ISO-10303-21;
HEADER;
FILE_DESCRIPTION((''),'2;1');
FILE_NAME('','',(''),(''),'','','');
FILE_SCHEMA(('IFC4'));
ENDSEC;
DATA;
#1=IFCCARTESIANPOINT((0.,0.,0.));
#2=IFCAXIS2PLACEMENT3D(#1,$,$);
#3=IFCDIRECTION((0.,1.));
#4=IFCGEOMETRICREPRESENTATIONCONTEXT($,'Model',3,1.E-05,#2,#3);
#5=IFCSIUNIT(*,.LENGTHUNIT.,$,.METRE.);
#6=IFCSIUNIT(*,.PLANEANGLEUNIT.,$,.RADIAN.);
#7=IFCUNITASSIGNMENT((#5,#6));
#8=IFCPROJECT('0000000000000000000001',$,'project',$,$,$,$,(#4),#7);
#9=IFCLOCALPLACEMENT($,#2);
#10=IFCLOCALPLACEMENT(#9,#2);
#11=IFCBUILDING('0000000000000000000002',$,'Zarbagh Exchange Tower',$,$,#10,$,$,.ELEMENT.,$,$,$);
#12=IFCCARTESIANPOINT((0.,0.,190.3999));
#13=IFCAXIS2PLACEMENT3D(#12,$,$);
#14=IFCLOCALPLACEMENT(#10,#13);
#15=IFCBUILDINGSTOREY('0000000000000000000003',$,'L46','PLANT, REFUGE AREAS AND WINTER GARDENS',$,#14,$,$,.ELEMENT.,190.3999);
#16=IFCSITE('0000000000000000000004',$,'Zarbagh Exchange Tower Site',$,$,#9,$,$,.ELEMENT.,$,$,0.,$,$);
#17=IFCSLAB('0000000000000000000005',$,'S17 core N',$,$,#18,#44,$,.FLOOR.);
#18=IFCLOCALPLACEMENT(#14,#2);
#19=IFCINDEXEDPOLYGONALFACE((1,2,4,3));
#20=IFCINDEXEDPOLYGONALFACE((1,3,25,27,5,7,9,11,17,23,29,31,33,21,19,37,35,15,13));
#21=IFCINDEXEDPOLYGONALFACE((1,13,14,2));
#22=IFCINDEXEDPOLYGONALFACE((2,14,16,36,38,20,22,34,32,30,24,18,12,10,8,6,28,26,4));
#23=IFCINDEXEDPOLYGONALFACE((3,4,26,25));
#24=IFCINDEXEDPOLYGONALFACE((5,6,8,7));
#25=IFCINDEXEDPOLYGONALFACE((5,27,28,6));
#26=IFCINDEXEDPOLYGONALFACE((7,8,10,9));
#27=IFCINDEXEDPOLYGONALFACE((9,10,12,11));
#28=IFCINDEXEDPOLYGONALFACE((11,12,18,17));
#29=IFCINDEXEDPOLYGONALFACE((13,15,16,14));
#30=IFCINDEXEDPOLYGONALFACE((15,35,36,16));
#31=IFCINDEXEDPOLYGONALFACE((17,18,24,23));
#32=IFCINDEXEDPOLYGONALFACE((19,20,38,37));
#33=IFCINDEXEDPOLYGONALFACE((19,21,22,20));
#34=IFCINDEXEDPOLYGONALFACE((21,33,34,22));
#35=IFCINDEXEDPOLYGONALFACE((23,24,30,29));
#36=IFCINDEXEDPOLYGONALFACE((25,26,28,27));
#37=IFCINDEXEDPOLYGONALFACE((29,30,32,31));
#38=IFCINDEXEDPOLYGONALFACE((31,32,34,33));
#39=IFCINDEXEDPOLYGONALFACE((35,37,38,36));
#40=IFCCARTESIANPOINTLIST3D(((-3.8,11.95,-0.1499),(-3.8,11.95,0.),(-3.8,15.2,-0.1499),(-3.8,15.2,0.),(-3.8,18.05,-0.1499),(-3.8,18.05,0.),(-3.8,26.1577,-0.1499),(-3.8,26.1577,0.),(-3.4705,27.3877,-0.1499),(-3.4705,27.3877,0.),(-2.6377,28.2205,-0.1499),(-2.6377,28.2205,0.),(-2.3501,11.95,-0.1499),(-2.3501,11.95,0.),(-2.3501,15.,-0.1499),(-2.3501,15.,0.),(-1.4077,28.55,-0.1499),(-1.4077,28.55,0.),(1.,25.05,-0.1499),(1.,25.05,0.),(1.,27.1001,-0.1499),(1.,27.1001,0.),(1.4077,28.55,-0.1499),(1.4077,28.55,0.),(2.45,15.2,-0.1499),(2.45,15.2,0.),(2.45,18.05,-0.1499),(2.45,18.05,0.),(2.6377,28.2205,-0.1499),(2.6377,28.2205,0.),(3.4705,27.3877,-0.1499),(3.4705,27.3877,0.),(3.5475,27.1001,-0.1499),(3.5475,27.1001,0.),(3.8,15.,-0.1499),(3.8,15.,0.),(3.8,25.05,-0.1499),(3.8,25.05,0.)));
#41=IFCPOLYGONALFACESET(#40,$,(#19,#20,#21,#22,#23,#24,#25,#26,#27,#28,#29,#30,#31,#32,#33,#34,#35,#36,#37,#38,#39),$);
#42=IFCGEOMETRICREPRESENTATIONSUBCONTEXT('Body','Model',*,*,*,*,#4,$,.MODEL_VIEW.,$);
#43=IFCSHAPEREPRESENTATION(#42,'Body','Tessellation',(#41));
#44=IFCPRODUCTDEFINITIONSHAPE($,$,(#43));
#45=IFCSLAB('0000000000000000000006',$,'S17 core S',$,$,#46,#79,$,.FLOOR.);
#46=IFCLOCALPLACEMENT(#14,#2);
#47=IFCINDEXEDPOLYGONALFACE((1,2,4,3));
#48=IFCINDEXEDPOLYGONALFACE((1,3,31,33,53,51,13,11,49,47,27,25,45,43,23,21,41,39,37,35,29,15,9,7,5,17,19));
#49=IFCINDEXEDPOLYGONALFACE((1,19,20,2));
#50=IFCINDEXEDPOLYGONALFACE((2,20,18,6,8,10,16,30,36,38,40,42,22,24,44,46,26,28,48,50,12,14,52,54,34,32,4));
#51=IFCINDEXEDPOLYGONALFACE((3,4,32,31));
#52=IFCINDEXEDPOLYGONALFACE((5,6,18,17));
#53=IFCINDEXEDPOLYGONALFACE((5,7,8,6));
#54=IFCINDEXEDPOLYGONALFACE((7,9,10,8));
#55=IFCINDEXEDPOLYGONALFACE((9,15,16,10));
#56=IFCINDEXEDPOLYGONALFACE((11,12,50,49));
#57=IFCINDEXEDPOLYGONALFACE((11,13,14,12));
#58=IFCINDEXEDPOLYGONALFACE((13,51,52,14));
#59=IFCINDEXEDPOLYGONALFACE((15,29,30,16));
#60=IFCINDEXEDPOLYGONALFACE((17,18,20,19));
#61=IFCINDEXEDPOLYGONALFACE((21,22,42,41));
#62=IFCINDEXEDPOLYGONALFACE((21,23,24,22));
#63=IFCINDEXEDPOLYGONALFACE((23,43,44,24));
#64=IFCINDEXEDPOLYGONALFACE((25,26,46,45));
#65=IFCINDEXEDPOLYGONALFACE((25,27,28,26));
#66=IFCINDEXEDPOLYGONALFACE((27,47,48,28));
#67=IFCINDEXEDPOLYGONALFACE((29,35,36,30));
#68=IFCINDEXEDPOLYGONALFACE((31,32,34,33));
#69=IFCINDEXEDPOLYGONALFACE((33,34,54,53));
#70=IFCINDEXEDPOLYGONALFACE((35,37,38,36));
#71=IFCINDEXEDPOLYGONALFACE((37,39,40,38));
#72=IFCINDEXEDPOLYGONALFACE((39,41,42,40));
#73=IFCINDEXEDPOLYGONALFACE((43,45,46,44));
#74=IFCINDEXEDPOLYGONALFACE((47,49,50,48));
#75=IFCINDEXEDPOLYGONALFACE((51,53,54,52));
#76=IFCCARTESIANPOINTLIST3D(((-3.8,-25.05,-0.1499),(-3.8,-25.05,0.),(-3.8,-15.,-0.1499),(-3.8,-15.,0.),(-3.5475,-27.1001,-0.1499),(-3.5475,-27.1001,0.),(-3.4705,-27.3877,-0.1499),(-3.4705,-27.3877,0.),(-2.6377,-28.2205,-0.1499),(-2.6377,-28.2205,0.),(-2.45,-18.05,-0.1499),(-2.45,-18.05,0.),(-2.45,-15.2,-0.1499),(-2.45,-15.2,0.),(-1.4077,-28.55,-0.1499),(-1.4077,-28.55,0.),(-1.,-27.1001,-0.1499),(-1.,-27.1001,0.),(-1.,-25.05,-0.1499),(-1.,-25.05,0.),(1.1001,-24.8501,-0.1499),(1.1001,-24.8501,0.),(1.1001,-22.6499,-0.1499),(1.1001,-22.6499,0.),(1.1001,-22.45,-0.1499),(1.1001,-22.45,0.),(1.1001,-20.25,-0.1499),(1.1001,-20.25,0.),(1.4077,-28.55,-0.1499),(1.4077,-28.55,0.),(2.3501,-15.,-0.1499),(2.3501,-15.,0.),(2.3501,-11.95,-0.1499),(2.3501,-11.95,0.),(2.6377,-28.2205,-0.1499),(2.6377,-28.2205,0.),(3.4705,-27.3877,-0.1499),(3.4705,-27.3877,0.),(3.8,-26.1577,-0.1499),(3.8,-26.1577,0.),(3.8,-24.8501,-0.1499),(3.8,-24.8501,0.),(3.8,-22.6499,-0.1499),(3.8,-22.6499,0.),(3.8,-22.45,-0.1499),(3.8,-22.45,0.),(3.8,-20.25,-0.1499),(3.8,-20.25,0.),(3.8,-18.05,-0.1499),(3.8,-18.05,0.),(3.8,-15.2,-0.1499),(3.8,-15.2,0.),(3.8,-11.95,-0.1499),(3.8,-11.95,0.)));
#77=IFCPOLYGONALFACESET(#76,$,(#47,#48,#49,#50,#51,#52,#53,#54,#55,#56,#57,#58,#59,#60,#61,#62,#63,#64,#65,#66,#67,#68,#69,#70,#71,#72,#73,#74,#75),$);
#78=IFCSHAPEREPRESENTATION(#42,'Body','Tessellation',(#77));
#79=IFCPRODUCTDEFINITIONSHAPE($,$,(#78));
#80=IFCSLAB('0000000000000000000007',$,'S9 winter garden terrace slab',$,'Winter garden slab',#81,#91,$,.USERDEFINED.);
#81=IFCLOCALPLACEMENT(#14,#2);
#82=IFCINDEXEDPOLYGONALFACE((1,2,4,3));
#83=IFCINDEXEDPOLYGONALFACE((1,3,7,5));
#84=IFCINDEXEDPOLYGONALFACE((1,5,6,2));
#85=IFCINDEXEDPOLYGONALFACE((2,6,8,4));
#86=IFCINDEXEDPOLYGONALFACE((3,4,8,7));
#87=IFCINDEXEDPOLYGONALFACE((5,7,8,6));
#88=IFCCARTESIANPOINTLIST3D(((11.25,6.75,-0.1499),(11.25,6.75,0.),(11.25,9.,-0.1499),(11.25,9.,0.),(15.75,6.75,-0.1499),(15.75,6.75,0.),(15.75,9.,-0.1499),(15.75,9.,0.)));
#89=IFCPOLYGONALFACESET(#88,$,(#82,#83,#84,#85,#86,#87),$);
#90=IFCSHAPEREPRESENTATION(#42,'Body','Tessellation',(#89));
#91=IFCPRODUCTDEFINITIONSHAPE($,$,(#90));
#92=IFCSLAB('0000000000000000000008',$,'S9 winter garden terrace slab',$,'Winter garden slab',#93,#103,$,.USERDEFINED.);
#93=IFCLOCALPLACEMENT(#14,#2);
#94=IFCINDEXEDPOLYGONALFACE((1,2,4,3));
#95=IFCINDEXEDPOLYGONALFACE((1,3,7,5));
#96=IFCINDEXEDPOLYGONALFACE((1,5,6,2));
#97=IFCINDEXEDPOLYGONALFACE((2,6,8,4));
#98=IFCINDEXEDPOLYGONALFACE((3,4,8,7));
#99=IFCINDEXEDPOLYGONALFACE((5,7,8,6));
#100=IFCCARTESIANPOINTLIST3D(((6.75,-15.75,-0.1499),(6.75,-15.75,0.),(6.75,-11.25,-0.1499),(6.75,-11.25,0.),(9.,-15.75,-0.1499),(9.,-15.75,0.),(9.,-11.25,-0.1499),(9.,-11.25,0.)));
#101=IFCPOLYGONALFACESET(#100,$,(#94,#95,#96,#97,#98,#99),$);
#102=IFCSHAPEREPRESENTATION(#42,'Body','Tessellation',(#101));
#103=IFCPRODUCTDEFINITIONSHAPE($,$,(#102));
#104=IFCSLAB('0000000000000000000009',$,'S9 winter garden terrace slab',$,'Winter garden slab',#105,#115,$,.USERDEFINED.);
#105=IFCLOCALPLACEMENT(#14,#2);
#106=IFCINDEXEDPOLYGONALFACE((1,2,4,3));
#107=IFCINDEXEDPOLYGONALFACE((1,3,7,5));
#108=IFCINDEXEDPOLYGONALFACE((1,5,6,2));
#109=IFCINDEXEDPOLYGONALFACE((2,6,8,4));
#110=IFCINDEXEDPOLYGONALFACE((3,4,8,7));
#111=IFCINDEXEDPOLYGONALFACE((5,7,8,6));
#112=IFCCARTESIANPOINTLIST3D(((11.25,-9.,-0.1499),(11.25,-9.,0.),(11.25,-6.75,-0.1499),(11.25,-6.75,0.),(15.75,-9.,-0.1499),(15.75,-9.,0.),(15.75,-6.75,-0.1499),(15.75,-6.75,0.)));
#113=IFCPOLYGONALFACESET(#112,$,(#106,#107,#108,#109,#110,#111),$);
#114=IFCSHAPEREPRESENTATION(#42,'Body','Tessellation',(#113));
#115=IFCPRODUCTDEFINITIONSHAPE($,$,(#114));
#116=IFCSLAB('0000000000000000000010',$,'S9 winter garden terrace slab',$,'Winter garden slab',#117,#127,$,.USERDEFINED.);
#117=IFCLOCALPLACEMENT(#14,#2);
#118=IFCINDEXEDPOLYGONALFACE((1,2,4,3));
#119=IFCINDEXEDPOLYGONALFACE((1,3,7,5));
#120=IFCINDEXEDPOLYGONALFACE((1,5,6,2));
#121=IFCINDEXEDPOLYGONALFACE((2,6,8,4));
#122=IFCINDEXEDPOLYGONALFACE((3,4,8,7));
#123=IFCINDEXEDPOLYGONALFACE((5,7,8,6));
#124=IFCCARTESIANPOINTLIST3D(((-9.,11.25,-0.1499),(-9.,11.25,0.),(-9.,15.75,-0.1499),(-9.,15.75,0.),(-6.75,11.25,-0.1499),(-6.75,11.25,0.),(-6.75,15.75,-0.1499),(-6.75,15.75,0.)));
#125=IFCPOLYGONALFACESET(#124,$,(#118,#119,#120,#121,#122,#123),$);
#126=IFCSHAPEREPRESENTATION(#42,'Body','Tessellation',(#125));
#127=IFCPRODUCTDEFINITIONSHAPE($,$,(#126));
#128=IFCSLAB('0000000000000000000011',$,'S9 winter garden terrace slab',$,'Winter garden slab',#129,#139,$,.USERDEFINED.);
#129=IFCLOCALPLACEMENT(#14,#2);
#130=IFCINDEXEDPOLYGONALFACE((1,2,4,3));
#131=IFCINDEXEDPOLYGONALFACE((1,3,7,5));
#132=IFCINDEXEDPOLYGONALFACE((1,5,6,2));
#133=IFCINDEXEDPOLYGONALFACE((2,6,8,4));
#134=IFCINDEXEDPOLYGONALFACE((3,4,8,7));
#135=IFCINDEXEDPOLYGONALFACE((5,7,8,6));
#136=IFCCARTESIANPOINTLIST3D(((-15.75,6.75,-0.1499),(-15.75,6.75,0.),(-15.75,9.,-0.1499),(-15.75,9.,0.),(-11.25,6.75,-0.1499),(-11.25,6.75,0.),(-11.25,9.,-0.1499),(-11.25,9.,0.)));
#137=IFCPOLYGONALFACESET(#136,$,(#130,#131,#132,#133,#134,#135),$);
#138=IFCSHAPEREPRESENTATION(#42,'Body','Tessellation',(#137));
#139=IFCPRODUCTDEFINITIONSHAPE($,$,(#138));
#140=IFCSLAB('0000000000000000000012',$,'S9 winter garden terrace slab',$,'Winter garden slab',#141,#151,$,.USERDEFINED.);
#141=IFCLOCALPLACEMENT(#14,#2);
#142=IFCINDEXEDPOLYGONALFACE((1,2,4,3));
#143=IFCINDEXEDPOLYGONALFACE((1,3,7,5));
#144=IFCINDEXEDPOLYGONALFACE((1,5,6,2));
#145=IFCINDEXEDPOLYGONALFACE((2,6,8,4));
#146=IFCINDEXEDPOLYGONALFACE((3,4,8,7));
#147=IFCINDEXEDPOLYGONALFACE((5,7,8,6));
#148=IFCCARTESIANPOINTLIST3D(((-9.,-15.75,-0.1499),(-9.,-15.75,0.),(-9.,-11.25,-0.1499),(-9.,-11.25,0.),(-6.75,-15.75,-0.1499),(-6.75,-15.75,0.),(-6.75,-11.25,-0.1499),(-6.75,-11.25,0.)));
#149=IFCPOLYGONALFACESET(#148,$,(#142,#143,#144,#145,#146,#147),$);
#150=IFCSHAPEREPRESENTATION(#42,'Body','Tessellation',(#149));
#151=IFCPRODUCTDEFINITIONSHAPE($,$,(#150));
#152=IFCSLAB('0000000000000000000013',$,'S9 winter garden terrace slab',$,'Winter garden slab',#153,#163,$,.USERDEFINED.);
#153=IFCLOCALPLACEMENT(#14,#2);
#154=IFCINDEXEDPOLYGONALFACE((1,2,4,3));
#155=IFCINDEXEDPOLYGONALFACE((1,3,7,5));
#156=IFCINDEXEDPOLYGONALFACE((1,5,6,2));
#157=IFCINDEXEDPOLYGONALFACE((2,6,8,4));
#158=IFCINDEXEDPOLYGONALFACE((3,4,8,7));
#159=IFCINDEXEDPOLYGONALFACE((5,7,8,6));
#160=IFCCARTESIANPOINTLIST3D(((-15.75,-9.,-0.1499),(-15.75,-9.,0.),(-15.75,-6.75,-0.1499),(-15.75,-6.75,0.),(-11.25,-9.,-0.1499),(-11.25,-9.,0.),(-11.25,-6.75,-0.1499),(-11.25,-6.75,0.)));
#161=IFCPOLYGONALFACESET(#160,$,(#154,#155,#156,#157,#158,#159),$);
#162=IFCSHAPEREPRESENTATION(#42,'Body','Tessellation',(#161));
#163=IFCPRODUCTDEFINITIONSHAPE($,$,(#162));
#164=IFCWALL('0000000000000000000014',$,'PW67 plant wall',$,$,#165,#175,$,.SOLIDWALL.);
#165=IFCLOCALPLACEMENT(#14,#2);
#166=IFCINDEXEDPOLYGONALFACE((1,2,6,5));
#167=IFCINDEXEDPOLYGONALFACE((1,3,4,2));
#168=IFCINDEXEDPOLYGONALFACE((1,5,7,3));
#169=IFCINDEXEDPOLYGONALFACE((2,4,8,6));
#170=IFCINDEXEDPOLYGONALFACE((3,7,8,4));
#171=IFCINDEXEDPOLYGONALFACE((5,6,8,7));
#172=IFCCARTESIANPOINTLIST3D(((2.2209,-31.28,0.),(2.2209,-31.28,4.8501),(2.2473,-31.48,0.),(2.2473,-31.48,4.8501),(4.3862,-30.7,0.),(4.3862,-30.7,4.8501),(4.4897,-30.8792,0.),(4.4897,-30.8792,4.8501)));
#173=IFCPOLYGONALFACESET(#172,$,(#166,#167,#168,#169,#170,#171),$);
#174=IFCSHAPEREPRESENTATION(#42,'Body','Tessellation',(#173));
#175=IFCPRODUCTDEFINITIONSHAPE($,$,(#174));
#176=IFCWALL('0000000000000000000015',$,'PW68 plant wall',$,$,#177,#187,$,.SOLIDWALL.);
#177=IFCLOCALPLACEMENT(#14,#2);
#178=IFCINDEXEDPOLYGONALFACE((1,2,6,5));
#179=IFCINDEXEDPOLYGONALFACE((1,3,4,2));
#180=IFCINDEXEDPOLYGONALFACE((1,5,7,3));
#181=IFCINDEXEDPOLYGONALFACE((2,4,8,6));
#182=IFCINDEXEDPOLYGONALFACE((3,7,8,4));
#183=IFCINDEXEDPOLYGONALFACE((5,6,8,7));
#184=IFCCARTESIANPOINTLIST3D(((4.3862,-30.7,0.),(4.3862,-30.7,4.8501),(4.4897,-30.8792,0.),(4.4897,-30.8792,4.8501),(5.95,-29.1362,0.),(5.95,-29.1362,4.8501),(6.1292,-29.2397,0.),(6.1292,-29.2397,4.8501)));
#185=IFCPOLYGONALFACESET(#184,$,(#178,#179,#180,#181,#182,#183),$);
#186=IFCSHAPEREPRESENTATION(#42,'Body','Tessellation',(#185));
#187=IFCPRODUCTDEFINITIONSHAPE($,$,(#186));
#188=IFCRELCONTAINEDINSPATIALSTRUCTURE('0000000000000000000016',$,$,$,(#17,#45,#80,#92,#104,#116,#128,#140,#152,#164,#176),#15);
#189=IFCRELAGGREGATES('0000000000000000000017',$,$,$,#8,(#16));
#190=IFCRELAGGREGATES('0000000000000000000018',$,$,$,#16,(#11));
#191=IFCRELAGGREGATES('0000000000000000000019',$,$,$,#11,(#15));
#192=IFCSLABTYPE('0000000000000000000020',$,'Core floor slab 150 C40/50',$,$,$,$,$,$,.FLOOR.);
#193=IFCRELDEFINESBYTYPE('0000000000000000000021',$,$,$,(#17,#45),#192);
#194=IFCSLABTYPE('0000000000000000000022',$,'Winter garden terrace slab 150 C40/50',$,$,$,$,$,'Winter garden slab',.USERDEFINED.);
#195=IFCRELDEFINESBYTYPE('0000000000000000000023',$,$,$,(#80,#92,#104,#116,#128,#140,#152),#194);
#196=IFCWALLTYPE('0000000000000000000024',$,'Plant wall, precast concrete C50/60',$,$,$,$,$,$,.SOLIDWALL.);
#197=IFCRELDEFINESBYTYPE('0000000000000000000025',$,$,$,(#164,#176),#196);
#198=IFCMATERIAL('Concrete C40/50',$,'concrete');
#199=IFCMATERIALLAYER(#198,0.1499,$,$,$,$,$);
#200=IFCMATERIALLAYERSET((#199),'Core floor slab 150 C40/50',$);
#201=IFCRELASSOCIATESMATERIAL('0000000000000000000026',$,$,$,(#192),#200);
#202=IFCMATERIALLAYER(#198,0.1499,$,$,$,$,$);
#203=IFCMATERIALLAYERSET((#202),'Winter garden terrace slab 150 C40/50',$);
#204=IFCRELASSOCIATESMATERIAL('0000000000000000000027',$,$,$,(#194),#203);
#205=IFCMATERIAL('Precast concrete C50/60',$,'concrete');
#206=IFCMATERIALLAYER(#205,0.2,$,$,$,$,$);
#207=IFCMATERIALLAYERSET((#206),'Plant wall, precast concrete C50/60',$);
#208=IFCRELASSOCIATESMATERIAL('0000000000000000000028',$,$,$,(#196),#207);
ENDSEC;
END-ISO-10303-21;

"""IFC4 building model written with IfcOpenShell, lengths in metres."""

from ifc_helpers import new_model, si_unit, direction, frame, origin, place, context, subcontext, project, spatial, polyline, outline, extrude, material, layer, layer_set, type_object, element, save


model = new_model("IFC4")

# Units and contexts
model_context = context("Model", 3, precision=1e-05, world=origin(), true_north=direction((0.0, 1.0)))
body_context = subcontext(model_context, "Body", "Model", "MODEL_VIEW")
ifc_project = project(units=[si_unit("LENGTHUNIT", "METRE"), si_unit("PLANEANGLEUNIT", "RADIAN")], contexts=[model_context])

# Site, building, storey
site_placement = place(None, origin())
site = spatial("IfcSite", under=ifc_project, at=site_placement, Name="Zarbagh Exchange Tower Site", CompositionType="ELEMENT", RefElevation=0.0)
building_placement = place(site_placement, origin())
building = spatial("IfcBuilding", under=site, at=building_placement, Name="Zarbagh Exchange Tower", CompositionType="ELEMENT")
storey_placement = place(building_placement, frame((0.0, 0.0, 190.3999)))
storey = spatial("IfcBuildingStorey", under=building, at=storey_placement, Name="L46", Description="PLANT, REFUGE AREAS AND WINTER GARDENS", CompositionType="ELEMENT", Elevation=190.3999)

# Slabs
ifc_material_1 = material(Name="Concrete C40/50", Category="concrete")
ifc_layer_1 = layer(ifc_material_1, 0.1499)
ifc_layer_set_1 = layer_set([ifc_layer_1], Name="Core floor slab 150 C40/50")
slab_type_1 = type_object("IfcSlabType", Name="Core floor slab 150 C40/50", PredefinedType="FLOOR", material=ifc_layer_set_1)
slab_1_placement = place(storey_placement, frame((0.0, 0.0, -0.1499)))
element("IfcSlab", 1, at=slab_1_placement, inside=storey, type_object=slab_type_1, Name="S17 core N", PredefinedType="FLOOR", context=body_context, shape_type="SweptSolid", body=[
    extrude(outline(polyline([(-3.8, 11.95), (-3.8, 15.2), (2.45, 15.2), (2.45, 18.05), (-3.8, 18.05), (-3.8, 26.1577), (-3.4705, 27.3877), (-2.6377, 28.2205), (-1.4077, 28.55), (1.4077, 28.55), (2.6377, 28.2205), (3.4705, 27.3877), (3.8, 26.1577), (3.8, 26.1577), (3.5476, 27.1001), (1.0, 27.1001), (1.0, 25.05), (3.8, 25.05), (3.8, 15.0), (-2.3501, 15.0), (-2.3501, 11.95), (-3.8, 11.95)])), origin(), (0.0, 0.0, 1.0), 0.1499),
])
slab_2_placement = place(storey_placement, frame((0.0, 0.0, -0.1499)))
element("IfcSlab", 2, at=slab_2_placement, inside=storey, type_object=slab_type_1, Name="S17 core S", PredefinedType="FLOOR", context=body_context, shape_type="SweptSolid", body=[
    extrude(outline(polyline([(-2.6377, -28.2205), (-3.4705, -27.3877), (-3.8, -26.1577), (-3.8, -26.1577), (-3.5476, -27.1001), (-1.0, -27.1001), (-1.0, -25.05), (-3.8, -25.05), (-3.8, -15.0), (2.3501, -15.0), (2.3501, -11.95), (3.8, -11.95), (3.8, -15.2), (-2.45, -15.2), (-2.45, -18.05), (3.8, -18.05), (3.8, -20.25), (1.1001, -20.25), (1.1001, -22.45), (3.8, -22.45), (3.8, -22.6499), (1.1001, -22.6499), (1.1001, -24.8501), (3.8, -24.8501), (3.8, -26.1577), (3.4705, -27.3877), (2.6377, -28.2205), (1.4077, -28.55), (-1.4077, -28.55), (-2.6377, -28.2205)])), origin(), (0.0, 0.0, 1.0), 0.1499),
])
ifc_layer_2 = layer(ifc_material_1, 0.1499)
ifc_layer_set_2 = layer_set([ifc_layer_2], Name="Winter garden terrace slab 150 C40/50")
slab_type_2 = type_object("IfcSlabType", Name="Winter garden terrace slab 150 C40/50", ElementType="Winter garden slab", PredefinedType="USERDEFINED", material=ifc_layer_set_2)
slab_3_placement = place(storey_placement, frame((0.0, 0.0, -0.1499)))
element("IfcSlab", 3, at=slab_3_placement, inside=storey, type_object=slab_type_2, Name="S9 winter garden terrace slab", ObjectType="Winter garden slab", PredefinedType="USERDEFINED", context=body_context, shape_type="SweptSolid", body=[
    extrude(outline(polyline([(15.75, 6.75), (15.75, 9.0), (11.25, 9.0), (11.25, 6.75), (15.75, 6.75)])), origin(), (0.0, 0.0, 1.0), 0.1499),
])
slab_4_placement = place(storey_placement, frame((0.0, 0.0, -0.1499)))
element("IfcSlab", 4, at=slab_4_placement, inside=storey, type_object=slab_type_2, Name="S9 winter garden terrace slab", ObjectType="Winter garden slab", PredefinedType="USERDEFINED", context=body_context, shape_type="SweptSolid", body=[
    extrude(outline(polyline([(9.0, -15.75), (9.0, -11.25), (6.75, -11.25), (6.75, -15.75), (9.0, -15.75)])), origin(), (0.0, 0.0, 1.0), 0.1499),
])
slab_5_placement = place(storey_placement, frame((0.0, 0.0, -0.1499)))
element("IfcSlab", 5, at=slab_5_placement, inside=storey, type_object=slab_type_2, Name="S9 winter garden terrace slab", ObjectType="Winter garden slab", PredefinedType="USERDEFINED", context=body_context, shape_type="SweptSolid", body=[
    extrude(outline(polyline([(15.75, -9.0), (15.75, -6.75), (11.25, -6.75), (11.25, -9.0), (15.75, -9.0)])), origin(), (0.0, 0.0, 1.0), 0.1499),
])
slab_6_placement = place(storey_placement, frame((0.0, 0.0, -0.1499)))
element("IfcSlab", 6, at=slab_6_placement, inside=storey, type_object=slab_type_2, Name="S9 winter garden terrace slab", ObjectType="Winter garden slab", PredefinedType="USERDEFINED", context=body_context, shape_type="SweptSolid", body=[
    extrude(outline(polyline([(-6.75, 11.25), (-6.75, 15.75), (-9.0, 15.75), (-9.0, 11.25), (-6.75, 11.25)])), origin(), (0.0, 0.0, 1.0), 0.1499),
])
slab_7_placement = place(storey_placement, frame((0.0, 0.0, -0.1499)))
element("IfcSlab", 7, at=slab_7_placement, inside=storey, type_object=slab_type_2, Name="S9 winter garden terrace slab", ObjectType="Winter garden slab", PredefinedType="USERDEFINED", context=body_context, shape_type="SweptSolid", body=[
    extrude(outline(polyline([(-11.25, 6.75), (-11.25, 9.0), (-15.75, 9.0), (-15.75, 6.75), (-11.25, 6.75)])), origin(), (0.0, 0.0, 1.0), 0.1499),
])
slab_8_placement = place(storey_placement, frame((0.0, 0.0, -0.1499)))
element("IfcSlab", 8, at=slab_8_placement, inside=storey, type_object=slab_type_2, Name="S9 winter garden terrace slab", ObjectType="Winter garden slab", PredefinedType="USERDEFINED", context=body_context, shape_type="SweptSolid", body=[
    extrude(outline(polyline([(-6.75, -15.75), (-6.75, -11.25), (-9.0, -11.25), (-9.0, -15.75), (-6.75, -15.75)])), origin(), (0.0, 0.0, 1.0), 0.1499),
])
slab_9_placement = place(storey_placement, frame((0.0, 0.0, -0.1499)))
element("IfcSlab", 9, at=slab_9_placement, inside=storey, type_object=slab_type_2, Name="S9 winter garden terrace slab", ObjectType="Winter garden slab", PredefinedType="USERDEFINED", context=body_context, shape_type="SweptSolid", body=[
    extrude(outline(polyline([(-11.25, -9.0), (-11.25, -6.75), (-15.75, -6.75), (-15.75, -9.0), (-11.25, -9.0)])), origin(), (0.0, 0.0, 1.0), 0.1499),
])

# Walls
ifc_material_2 = material(Name="Precast concrete C50/60", Category="concrete")
ifc_layer_3 = layer(ifc_material_2, 0.2)
ifc_layer_set_3 = layer_set([ifc_layer_3], Name="Plant wall, precast concrete C50/60")
wall_type_1 = type_object("IfcWallType", Name="Plant wall, precast concrete C50/60", PredefinedType="SOLIDWALL", material=ifc_layer_set_3)
wall_1_placement = place(storey_placement, origin())
element("IfcWall", 10, at=wall_1_placement, inside=storey, type_object=wall_type_1, Name="PW67 plant wall", PredefinedType="SOLIDWALL", context=body_context, shape_type="SweptSolid", body=[
    extrude(outline(polyline([(2.2473, -31.48), (4.4897, -30.8792), (4.3862, -30.7), (2.2209, -31.28), (2.2473, -31.48)])), origin(), (0.0, 0.0, 1.0), 4.8501),
])
wall_2_placement = place(storey_placement, origin())
element("IfcWall", 11, at=wall_2_placement, inside=storey, type_object=wall_type_1, Name="PW68 plant wall", PredefinedType="SOLIDWALL", context=body_context, shape_type="SweptSolid", body=[
    extrude(outline(polyline([(4.4897, -30.8792), (6.1292, -29.2397), (5.95, -29.1362), (4.3862, -30.7), (4.4897, -30.8792)])), origin(), (0.0, 0.0, 1.0), 4.8501),
])

save(model, "model.ifc")
